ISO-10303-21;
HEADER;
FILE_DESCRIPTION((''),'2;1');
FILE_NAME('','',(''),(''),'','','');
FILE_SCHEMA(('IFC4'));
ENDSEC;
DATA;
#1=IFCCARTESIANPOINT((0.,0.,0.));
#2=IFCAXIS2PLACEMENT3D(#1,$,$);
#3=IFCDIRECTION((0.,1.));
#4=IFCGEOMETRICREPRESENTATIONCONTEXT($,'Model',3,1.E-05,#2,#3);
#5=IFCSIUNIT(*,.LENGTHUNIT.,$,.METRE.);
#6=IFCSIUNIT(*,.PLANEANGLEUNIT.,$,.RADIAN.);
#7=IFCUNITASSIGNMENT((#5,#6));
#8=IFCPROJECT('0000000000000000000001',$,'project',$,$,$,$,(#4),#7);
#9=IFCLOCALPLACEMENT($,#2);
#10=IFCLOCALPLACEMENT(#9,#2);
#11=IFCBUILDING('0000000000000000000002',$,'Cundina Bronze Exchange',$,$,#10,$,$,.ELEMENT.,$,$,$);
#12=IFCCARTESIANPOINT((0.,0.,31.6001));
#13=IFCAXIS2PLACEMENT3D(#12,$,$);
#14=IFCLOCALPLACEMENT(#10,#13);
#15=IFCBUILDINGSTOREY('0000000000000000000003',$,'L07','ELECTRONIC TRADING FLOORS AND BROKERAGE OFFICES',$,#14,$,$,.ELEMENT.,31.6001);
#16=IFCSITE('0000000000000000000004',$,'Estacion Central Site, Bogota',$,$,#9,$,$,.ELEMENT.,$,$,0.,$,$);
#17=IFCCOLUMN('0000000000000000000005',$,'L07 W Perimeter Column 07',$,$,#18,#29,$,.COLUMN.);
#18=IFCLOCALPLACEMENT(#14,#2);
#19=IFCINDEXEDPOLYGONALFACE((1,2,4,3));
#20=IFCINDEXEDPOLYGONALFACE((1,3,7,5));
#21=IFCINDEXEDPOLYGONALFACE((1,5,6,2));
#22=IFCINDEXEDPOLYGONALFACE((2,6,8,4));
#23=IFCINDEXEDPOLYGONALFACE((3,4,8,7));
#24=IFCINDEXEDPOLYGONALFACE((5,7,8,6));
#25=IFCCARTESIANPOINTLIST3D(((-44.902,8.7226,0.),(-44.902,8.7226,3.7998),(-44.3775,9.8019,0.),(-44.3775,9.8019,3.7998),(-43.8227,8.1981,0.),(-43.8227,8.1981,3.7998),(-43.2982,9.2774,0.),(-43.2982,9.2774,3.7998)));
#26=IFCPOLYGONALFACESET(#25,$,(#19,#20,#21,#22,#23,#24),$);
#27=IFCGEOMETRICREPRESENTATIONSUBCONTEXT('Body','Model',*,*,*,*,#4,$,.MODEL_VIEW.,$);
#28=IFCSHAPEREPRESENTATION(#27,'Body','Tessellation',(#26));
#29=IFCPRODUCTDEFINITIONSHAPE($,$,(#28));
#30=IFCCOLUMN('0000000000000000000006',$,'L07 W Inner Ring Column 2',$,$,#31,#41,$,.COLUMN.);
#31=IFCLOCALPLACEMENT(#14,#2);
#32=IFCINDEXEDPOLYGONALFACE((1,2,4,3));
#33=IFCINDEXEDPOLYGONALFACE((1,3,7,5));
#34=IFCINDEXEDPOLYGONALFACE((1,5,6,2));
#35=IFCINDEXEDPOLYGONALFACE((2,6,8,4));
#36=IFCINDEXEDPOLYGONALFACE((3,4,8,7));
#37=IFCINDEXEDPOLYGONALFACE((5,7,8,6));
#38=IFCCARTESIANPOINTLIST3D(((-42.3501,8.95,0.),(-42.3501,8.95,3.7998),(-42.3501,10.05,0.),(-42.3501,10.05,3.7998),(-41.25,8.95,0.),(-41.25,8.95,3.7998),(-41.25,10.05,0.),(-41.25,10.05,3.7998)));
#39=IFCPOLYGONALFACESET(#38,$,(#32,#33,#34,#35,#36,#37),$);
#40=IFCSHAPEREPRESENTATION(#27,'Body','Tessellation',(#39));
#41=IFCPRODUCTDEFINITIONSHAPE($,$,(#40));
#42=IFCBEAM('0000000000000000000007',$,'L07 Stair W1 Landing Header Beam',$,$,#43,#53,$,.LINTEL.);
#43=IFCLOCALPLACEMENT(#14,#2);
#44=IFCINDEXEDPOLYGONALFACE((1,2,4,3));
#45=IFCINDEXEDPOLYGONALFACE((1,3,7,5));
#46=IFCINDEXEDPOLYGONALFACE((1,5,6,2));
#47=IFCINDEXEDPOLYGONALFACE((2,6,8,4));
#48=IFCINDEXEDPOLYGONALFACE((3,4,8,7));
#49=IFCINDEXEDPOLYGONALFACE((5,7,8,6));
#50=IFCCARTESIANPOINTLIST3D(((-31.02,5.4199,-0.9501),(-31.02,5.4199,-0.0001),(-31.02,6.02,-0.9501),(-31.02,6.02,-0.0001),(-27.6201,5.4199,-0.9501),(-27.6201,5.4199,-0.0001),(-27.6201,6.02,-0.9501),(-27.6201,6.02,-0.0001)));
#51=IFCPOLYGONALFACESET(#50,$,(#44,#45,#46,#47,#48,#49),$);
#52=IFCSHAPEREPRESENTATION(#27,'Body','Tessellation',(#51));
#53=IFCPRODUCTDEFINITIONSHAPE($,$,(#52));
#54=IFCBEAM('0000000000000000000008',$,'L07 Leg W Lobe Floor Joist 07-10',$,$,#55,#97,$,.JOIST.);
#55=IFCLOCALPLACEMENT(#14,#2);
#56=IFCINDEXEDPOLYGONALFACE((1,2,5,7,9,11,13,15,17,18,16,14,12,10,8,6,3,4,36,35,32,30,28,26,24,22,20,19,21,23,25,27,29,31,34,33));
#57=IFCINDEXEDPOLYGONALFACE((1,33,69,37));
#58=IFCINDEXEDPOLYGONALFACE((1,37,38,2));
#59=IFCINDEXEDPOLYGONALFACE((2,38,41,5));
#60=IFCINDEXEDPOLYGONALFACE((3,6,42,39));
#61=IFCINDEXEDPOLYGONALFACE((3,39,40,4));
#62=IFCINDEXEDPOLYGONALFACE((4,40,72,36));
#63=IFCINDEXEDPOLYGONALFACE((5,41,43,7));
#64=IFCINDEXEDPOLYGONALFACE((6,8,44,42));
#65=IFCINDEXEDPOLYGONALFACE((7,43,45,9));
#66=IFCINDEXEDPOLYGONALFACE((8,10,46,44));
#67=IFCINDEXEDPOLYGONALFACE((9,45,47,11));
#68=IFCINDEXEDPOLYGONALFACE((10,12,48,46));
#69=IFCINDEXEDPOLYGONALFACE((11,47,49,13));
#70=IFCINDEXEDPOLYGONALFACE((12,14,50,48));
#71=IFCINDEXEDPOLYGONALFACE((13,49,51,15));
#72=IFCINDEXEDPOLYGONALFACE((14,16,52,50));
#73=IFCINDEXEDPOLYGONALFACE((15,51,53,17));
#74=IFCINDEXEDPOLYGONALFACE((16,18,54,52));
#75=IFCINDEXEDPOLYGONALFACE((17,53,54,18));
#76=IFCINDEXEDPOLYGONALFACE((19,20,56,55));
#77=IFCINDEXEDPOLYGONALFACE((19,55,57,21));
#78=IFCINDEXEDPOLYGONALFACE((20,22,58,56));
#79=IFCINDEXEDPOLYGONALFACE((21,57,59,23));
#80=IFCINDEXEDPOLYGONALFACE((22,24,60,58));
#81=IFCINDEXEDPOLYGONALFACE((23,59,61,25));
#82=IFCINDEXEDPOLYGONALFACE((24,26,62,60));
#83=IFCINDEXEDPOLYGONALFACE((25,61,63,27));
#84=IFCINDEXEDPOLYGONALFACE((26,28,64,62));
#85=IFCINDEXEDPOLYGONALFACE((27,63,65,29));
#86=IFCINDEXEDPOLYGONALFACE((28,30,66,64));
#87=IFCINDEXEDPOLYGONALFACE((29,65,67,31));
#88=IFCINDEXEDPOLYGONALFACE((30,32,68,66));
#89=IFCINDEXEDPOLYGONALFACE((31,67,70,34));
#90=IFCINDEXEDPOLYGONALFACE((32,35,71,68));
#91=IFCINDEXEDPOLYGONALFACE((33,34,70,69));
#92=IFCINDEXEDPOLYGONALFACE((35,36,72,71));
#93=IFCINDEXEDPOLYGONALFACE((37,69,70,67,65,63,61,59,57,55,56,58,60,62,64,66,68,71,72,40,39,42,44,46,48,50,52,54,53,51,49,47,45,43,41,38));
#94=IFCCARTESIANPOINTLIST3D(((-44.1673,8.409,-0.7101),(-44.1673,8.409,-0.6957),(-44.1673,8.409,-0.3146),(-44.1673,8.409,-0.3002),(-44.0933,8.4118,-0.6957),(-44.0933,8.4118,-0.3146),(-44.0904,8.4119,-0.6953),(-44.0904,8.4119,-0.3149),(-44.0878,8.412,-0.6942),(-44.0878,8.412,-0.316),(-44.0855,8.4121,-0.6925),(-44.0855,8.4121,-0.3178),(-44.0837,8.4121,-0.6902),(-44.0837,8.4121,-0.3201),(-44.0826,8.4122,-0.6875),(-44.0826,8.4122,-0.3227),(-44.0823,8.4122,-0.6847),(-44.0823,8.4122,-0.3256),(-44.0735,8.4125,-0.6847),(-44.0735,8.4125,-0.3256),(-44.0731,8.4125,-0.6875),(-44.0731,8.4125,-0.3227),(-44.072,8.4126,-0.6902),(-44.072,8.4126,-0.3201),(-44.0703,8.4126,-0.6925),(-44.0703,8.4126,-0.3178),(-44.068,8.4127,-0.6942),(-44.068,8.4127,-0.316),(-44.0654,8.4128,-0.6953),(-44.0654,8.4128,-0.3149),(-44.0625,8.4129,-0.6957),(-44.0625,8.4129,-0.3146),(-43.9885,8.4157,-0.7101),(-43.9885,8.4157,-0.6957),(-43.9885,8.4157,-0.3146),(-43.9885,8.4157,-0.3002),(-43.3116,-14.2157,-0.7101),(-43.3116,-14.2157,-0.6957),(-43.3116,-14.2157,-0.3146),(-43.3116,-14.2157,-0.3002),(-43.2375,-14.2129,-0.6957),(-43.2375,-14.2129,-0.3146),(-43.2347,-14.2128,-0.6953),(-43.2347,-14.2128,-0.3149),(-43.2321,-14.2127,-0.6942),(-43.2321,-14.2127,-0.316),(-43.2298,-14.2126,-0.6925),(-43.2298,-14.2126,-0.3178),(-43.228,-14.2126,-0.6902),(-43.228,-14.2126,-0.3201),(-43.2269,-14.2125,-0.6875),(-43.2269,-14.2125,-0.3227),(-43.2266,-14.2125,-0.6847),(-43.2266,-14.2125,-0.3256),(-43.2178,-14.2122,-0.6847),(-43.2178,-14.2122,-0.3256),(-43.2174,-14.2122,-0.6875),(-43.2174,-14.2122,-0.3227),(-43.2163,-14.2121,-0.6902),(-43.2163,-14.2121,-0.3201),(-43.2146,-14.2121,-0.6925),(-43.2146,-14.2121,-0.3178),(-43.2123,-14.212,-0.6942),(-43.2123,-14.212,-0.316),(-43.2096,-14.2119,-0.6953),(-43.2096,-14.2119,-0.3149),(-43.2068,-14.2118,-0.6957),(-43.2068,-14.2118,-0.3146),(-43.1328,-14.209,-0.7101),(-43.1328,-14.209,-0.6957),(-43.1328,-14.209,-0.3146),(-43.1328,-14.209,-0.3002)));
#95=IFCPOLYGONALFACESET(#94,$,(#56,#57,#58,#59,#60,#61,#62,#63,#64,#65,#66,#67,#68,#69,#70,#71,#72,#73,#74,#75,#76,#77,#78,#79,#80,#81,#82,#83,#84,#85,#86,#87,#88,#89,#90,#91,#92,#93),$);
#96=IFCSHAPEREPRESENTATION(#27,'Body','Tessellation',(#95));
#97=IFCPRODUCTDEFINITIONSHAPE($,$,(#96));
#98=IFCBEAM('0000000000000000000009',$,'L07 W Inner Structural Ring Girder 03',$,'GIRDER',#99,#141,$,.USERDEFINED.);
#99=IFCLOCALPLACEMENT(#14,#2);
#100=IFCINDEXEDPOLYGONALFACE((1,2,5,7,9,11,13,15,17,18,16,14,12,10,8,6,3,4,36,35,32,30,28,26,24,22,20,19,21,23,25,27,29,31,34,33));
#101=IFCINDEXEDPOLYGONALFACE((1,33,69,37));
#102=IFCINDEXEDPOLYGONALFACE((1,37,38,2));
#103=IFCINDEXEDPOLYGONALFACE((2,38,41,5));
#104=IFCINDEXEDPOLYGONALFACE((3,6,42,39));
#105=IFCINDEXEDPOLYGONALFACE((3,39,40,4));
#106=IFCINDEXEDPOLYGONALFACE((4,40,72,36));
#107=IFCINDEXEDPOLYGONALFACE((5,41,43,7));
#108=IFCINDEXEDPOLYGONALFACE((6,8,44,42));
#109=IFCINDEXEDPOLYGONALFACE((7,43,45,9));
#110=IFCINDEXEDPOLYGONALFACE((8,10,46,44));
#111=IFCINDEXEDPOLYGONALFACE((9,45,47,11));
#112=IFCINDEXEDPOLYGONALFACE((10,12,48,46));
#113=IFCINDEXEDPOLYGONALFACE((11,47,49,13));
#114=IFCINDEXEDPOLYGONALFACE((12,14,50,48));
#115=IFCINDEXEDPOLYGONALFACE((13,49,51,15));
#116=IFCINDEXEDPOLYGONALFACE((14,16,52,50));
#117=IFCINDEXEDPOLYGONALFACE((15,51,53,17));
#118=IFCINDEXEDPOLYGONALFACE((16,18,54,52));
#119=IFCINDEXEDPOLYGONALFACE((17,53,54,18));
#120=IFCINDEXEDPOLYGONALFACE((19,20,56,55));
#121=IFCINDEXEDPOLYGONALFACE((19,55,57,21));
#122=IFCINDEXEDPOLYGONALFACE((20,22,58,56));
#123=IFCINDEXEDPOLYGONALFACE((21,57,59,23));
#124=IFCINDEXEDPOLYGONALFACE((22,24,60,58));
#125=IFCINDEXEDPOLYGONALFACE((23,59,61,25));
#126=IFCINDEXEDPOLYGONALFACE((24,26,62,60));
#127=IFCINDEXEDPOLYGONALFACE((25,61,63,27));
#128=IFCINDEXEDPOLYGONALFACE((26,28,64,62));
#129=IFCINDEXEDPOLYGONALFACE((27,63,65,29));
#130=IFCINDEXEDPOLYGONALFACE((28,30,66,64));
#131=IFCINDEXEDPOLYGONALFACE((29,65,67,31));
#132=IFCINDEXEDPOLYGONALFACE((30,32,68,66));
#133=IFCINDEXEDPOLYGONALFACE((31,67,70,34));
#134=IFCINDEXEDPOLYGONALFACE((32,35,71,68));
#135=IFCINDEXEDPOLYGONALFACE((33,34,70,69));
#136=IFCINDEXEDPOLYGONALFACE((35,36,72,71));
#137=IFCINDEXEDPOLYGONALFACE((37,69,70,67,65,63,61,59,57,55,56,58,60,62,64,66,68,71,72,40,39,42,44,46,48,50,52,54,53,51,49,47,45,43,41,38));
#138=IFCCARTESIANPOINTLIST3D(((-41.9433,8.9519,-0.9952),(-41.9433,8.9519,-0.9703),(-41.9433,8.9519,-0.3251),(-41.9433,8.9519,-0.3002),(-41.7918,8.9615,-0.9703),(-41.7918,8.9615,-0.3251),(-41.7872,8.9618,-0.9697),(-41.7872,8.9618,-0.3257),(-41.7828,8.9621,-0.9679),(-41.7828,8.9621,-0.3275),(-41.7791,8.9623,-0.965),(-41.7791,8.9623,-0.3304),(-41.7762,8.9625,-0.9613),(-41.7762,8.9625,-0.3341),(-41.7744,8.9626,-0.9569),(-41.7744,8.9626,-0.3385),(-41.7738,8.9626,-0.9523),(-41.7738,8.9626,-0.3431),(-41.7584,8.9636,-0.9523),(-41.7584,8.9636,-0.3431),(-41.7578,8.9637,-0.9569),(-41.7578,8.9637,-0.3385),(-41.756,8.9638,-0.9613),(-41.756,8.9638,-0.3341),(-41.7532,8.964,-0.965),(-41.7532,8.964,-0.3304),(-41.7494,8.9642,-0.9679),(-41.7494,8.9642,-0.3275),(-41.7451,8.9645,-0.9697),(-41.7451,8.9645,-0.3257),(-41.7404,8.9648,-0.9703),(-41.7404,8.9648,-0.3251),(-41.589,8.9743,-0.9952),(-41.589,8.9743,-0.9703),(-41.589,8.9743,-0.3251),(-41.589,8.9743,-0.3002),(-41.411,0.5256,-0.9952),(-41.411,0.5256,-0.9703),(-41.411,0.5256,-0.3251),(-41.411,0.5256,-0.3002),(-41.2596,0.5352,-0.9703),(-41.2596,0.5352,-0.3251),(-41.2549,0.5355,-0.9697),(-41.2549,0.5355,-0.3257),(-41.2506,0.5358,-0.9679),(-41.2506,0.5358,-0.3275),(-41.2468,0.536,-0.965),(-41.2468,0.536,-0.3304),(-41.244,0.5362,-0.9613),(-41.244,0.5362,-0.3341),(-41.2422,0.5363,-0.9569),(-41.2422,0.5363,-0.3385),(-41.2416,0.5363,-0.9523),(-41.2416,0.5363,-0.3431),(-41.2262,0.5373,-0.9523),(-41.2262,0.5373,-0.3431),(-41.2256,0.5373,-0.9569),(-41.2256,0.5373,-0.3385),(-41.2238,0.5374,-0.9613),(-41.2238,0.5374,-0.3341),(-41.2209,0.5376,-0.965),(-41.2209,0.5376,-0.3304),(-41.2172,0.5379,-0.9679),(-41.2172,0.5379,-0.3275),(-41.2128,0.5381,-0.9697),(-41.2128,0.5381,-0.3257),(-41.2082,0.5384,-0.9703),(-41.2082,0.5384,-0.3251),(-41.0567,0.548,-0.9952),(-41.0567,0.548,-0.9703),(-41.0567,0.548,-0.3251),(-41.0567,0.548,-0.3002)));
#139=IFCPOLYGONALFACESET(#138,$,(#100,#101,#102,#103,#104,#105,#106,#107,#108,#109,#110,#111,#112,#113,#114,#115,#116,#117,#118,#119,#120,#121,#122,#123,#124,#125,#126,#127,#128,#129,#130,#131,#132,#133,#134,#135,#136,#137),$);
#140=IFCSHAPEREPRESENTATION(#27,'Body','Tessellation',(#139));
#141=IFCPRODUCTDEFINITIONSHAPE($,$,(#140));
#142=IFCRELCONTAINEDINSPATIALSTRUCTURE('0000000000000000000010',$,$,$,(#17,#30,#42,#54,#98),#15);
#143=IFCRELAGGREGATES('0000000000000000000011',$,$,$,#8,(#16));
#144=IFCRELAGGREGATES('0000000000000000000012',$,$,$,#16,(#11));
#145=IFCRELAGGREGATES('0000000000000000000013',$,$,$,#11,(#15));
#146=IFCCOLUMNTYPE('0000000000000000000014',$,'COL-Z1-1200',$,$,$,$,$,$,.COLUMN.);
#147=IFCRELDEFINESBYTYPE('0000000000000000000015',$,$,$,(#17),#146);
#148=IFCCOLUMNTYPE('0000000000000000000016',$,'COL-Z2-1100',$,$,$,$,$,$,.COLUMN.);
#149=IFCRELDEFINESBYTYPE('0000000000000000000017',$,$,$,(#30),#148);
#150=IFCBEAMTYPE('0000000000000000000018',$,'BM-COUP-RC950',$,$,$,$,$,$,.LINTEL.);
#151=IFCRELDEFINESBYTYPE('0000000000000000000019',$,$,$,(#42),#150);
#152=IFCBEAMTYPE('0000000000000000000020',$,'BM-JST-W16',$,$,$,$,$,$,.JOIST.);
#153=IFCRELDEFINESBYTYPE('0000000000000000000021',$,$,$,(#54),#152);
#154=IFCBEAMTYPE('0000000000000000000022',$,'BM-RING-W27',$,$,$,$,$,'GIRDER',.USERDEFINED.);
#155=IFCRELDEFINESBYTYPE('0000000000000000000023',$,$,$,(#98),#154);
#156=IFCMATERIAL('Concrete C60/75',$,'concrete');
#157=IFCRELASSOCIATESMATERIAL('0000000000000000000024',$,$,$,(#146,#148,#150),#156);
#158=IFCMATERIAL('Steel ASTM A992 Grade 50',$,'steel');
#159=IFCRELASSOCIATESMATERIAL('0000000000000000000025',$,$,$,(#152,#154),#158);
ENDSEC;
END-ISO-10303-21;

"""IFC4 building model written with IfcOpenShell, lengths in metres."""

from ifc_helpers import new_model, si_unit, direction, frame, origin, origin_2d, place, context, subcontext, project, spatial, rectangle, i_section, extrude, material, material_profile, profile_set, type_object, element, save


model = new_model("IFC4")

# Units and contexts
model_context = context("Model", 3, precision=1e-05, world=origin(), true_north=direction((0.0, 1.0)))
body_context = subcontext(model_context, "Body", "Model", "MODEL_VIEW")
ifc_project = project(units=[si_unit("LENGTHUNIT", "METRE"), si_unit("PLANEANGLEUNIT", "RADIAN")], contexts=[model_context])

# Site, building, storey
site_placement = place(None, origin())
site = spatial("IfcSite", under=ifc_project, at=site_placement, Name="Estacion Central Site, Bogota", CompositionType="ELEMENT", RefElevation=0.0)
building_placement = place(site_placement, origin())
building = spatial("IfcBuilding", under=site, at=building_placement, Name="Cundina Bronze Exchange", CompositionType="ELEMENT")
storey_placement = place(building_placement, frame((0.0, 0.0, 31.6001)))
storey = spatial("IfcBuildingStorey", under=building, at=storey_placement, Name="L07", Description="ELECTRONIC TRADING FLOORS AND BROKERAGE OFFICES", CompositionType="ELEMENT", Elevation=31.6001)

# Columns
ifc_material_1 = material(Name="Concrete C60/75", Category="concrete")
ifc_material_profile_1 = material_profile(ifc_material_1, rectangle(XDim=1.2, YDim=1.2, at=origin_2d()), Name="RC1200X1200", Category="concrete")
ifc_profile_set_1 = profile_set([ifc_material_profile_1], Name="Concrete C60/75")
column_type_1 = type_object("IfcColumnType", Name="COL-Z1-1200", PredefinedType="COLUMN", material=ifc_profile_set_1)
column_1_placement = place(storey_placement, frame((-44.1001, 9.0, 0.0), z_axis=(0.0, 0.0, 1.0), x_axis=(-0.437116, -0.899405, 0.0)))
element("IfcColumn", 1, at=column_1_placement, inside=storey, type_object=column_type_1, Name="L07 W Perimeter Column 07", PredefinedType="COLUMN", context=body_context, shape_type="SweptSolid", body=[
    extrude(rectangle(XDim=1.2, YDim=1.2, at=origin_2d()), origin(), (0.0, 0.0, 1.0), 3.7998),
])
ifc_material_profile_2 = material_profile(ifc_material_1, rectangle(XDim=1.1001, YDim=1.1001, at=origin_2d()), Name="RC1100X1100", Category="concrete")
ifc_profile_set_2 = profile_set([ifc_material_profile_2], Name="Concrete C60/75")
column_type_2 = type_object("IfcColumnType", Name="COL-Z2-1100", PredefinedType="COLUMN", material=ifc_profile_set_2)
column_2_placement = place(storey_placement, frame((-41.8, 9.5, 0.0), z_axis=(0.0, 0.0, 1.0), x_axis=(1.0, 0.0, 0.0)))
element("IfcColumn", 2, at=column_2_placement, inside=storey, type_object=column_type_2, Name="L07 W Inner Ring Column 2", PredefinedType="COLUMN", context=body_context, shape_type="SweptSolid", body=[
    extrude(rectangle(XDim=1.1001, YDim=1.1001, at=origin_2d()), origin(), (0.0, 0.0, 1.0), 3.7998),
])

# Beams
ifc_material_profile_3 = material_profile(ifc_material_1, rectangle(XDim=0.6001, YDim=0.95, at=origin_2d()), Name="RC600X950", Category="concrete")
ifc_profile_set_3 = profile_set([ifc_material_profile_3], Name="Concrete C60/75")
beam_type_1 = type_object("IfcBeamType", Name="BM-COUP-RC950", PredefinedType="LINTEL", material=ifc_profile_set_3)
beam_1_placement = place(storey_placement, frame((-31.02, 5.72, -0.4751), z_axis=(1.0, 0.0, 0.0), x_axis=(0.0, 1.0, 0.0)))
element("IfcBeam", 3, at=beam_1_placement, inside=storey, type_object=beam_type_1, Name="L07 Stair W1 Landing Header Beam", PredefinedType="LINTEL", context=body_context, shape_type="SweptSolid", body=[
    extrude(rectangle(XDim=0.6001, YDim=0.95, at=origin_2d()), origin(), (0.0, 0.0, 1.0), 3.3999),
])
ifc_material_2 = material(Name="Steel ASTM A992 Grade 50", Category="steel")
ifc_material_profile_4 = material_profile(ifc_material_2, i_section(OverallWidth=0.179, OverallDepth=0.4099, WebThickness=0.0088, FlangeThickness=0.0144, FilletRadius=0.011, at=origin_2d()), Name="W16X45", Category="steel")
ifc_profile_set_4 = profile_set([ifc_material_profile_4], Name="Steel ASTM A992 Grade 50")
beam_type_2 = type_object("IfcBeamType", Name="BM-JST-W16", PredefinedType="JOIST", material=ifc_profile_set_4)
beam_2_placement = place(storey_placement, frame((-44.0779, 8.4124, -0.5051), z_axis=(0.037795, -0.999286, 0.0), x_axis=(0.999286, 0.037795, 0.0)))
element("IfcBeam", 4, at=beam_2_placement, inside=storey, type_object=beam_type_2, Name="L07 Leg W Lobe Floor Joist 07-10", PredefinedType="JOIST", context=body_context, shape_type="SweptSolid", body=[
    extrude(i_section(OverallWidth=0.179, OverallDepth=0.4099, WebThickness=0.0088, FlangeThickness=0.0144, FilletRadius=0.011, at=origin_2d()), origin(), (0.0, 0.0, 1.0), 22.6409),
])
ifc_material_profile_5 = material_profile(ifc_material_2, i_section(OverallWidth=0.355, OverallDepth=0.6951, WebThickness=0.0154, FlangeThickness=0.0249, FilletRadius=0.0181, at=origin_2d()), Name="W27X146", Category="steel")
ifc_profile_set_5 = profile_set([ifc_material_profile_5], Name="Steel ASTM A992 Grade 50")
beam_type_3 = type_object("IfcBeamType", Name="BM-RING-W27", ElementType="GIRDER", PredefinedType="USERDEFINED", material=ifc_profile_set_5)
beam_3_placement = place(storey_placement, frame((-41.7661, 8.9631, -0.6477), z_axis=(0.063037, -0.998011, 0.0), x_axis=(0.998011, 0.063037, 0.0)))
element("IfcBeam", 5, at=beam_3_placement, inside=storey, type_object=beam_type_3, Name="L07 W Inner Structural Ring Girder 03", ObjectType="GIRDER", PredefinedType="USERDEFINED", context=body_context, shape_type="SweptSolid", body=[
    extrude(i_section(OverallWidth=0.355, OverallDepth=0.6951, WebThickness=0.0154, FlangeThickness=0.0249, FilletRadius=0.0181, at=origin_2d()), origin(), (0.0, 0.0, 1.0), 8.4431),
])

save(model, "model.ifc")
